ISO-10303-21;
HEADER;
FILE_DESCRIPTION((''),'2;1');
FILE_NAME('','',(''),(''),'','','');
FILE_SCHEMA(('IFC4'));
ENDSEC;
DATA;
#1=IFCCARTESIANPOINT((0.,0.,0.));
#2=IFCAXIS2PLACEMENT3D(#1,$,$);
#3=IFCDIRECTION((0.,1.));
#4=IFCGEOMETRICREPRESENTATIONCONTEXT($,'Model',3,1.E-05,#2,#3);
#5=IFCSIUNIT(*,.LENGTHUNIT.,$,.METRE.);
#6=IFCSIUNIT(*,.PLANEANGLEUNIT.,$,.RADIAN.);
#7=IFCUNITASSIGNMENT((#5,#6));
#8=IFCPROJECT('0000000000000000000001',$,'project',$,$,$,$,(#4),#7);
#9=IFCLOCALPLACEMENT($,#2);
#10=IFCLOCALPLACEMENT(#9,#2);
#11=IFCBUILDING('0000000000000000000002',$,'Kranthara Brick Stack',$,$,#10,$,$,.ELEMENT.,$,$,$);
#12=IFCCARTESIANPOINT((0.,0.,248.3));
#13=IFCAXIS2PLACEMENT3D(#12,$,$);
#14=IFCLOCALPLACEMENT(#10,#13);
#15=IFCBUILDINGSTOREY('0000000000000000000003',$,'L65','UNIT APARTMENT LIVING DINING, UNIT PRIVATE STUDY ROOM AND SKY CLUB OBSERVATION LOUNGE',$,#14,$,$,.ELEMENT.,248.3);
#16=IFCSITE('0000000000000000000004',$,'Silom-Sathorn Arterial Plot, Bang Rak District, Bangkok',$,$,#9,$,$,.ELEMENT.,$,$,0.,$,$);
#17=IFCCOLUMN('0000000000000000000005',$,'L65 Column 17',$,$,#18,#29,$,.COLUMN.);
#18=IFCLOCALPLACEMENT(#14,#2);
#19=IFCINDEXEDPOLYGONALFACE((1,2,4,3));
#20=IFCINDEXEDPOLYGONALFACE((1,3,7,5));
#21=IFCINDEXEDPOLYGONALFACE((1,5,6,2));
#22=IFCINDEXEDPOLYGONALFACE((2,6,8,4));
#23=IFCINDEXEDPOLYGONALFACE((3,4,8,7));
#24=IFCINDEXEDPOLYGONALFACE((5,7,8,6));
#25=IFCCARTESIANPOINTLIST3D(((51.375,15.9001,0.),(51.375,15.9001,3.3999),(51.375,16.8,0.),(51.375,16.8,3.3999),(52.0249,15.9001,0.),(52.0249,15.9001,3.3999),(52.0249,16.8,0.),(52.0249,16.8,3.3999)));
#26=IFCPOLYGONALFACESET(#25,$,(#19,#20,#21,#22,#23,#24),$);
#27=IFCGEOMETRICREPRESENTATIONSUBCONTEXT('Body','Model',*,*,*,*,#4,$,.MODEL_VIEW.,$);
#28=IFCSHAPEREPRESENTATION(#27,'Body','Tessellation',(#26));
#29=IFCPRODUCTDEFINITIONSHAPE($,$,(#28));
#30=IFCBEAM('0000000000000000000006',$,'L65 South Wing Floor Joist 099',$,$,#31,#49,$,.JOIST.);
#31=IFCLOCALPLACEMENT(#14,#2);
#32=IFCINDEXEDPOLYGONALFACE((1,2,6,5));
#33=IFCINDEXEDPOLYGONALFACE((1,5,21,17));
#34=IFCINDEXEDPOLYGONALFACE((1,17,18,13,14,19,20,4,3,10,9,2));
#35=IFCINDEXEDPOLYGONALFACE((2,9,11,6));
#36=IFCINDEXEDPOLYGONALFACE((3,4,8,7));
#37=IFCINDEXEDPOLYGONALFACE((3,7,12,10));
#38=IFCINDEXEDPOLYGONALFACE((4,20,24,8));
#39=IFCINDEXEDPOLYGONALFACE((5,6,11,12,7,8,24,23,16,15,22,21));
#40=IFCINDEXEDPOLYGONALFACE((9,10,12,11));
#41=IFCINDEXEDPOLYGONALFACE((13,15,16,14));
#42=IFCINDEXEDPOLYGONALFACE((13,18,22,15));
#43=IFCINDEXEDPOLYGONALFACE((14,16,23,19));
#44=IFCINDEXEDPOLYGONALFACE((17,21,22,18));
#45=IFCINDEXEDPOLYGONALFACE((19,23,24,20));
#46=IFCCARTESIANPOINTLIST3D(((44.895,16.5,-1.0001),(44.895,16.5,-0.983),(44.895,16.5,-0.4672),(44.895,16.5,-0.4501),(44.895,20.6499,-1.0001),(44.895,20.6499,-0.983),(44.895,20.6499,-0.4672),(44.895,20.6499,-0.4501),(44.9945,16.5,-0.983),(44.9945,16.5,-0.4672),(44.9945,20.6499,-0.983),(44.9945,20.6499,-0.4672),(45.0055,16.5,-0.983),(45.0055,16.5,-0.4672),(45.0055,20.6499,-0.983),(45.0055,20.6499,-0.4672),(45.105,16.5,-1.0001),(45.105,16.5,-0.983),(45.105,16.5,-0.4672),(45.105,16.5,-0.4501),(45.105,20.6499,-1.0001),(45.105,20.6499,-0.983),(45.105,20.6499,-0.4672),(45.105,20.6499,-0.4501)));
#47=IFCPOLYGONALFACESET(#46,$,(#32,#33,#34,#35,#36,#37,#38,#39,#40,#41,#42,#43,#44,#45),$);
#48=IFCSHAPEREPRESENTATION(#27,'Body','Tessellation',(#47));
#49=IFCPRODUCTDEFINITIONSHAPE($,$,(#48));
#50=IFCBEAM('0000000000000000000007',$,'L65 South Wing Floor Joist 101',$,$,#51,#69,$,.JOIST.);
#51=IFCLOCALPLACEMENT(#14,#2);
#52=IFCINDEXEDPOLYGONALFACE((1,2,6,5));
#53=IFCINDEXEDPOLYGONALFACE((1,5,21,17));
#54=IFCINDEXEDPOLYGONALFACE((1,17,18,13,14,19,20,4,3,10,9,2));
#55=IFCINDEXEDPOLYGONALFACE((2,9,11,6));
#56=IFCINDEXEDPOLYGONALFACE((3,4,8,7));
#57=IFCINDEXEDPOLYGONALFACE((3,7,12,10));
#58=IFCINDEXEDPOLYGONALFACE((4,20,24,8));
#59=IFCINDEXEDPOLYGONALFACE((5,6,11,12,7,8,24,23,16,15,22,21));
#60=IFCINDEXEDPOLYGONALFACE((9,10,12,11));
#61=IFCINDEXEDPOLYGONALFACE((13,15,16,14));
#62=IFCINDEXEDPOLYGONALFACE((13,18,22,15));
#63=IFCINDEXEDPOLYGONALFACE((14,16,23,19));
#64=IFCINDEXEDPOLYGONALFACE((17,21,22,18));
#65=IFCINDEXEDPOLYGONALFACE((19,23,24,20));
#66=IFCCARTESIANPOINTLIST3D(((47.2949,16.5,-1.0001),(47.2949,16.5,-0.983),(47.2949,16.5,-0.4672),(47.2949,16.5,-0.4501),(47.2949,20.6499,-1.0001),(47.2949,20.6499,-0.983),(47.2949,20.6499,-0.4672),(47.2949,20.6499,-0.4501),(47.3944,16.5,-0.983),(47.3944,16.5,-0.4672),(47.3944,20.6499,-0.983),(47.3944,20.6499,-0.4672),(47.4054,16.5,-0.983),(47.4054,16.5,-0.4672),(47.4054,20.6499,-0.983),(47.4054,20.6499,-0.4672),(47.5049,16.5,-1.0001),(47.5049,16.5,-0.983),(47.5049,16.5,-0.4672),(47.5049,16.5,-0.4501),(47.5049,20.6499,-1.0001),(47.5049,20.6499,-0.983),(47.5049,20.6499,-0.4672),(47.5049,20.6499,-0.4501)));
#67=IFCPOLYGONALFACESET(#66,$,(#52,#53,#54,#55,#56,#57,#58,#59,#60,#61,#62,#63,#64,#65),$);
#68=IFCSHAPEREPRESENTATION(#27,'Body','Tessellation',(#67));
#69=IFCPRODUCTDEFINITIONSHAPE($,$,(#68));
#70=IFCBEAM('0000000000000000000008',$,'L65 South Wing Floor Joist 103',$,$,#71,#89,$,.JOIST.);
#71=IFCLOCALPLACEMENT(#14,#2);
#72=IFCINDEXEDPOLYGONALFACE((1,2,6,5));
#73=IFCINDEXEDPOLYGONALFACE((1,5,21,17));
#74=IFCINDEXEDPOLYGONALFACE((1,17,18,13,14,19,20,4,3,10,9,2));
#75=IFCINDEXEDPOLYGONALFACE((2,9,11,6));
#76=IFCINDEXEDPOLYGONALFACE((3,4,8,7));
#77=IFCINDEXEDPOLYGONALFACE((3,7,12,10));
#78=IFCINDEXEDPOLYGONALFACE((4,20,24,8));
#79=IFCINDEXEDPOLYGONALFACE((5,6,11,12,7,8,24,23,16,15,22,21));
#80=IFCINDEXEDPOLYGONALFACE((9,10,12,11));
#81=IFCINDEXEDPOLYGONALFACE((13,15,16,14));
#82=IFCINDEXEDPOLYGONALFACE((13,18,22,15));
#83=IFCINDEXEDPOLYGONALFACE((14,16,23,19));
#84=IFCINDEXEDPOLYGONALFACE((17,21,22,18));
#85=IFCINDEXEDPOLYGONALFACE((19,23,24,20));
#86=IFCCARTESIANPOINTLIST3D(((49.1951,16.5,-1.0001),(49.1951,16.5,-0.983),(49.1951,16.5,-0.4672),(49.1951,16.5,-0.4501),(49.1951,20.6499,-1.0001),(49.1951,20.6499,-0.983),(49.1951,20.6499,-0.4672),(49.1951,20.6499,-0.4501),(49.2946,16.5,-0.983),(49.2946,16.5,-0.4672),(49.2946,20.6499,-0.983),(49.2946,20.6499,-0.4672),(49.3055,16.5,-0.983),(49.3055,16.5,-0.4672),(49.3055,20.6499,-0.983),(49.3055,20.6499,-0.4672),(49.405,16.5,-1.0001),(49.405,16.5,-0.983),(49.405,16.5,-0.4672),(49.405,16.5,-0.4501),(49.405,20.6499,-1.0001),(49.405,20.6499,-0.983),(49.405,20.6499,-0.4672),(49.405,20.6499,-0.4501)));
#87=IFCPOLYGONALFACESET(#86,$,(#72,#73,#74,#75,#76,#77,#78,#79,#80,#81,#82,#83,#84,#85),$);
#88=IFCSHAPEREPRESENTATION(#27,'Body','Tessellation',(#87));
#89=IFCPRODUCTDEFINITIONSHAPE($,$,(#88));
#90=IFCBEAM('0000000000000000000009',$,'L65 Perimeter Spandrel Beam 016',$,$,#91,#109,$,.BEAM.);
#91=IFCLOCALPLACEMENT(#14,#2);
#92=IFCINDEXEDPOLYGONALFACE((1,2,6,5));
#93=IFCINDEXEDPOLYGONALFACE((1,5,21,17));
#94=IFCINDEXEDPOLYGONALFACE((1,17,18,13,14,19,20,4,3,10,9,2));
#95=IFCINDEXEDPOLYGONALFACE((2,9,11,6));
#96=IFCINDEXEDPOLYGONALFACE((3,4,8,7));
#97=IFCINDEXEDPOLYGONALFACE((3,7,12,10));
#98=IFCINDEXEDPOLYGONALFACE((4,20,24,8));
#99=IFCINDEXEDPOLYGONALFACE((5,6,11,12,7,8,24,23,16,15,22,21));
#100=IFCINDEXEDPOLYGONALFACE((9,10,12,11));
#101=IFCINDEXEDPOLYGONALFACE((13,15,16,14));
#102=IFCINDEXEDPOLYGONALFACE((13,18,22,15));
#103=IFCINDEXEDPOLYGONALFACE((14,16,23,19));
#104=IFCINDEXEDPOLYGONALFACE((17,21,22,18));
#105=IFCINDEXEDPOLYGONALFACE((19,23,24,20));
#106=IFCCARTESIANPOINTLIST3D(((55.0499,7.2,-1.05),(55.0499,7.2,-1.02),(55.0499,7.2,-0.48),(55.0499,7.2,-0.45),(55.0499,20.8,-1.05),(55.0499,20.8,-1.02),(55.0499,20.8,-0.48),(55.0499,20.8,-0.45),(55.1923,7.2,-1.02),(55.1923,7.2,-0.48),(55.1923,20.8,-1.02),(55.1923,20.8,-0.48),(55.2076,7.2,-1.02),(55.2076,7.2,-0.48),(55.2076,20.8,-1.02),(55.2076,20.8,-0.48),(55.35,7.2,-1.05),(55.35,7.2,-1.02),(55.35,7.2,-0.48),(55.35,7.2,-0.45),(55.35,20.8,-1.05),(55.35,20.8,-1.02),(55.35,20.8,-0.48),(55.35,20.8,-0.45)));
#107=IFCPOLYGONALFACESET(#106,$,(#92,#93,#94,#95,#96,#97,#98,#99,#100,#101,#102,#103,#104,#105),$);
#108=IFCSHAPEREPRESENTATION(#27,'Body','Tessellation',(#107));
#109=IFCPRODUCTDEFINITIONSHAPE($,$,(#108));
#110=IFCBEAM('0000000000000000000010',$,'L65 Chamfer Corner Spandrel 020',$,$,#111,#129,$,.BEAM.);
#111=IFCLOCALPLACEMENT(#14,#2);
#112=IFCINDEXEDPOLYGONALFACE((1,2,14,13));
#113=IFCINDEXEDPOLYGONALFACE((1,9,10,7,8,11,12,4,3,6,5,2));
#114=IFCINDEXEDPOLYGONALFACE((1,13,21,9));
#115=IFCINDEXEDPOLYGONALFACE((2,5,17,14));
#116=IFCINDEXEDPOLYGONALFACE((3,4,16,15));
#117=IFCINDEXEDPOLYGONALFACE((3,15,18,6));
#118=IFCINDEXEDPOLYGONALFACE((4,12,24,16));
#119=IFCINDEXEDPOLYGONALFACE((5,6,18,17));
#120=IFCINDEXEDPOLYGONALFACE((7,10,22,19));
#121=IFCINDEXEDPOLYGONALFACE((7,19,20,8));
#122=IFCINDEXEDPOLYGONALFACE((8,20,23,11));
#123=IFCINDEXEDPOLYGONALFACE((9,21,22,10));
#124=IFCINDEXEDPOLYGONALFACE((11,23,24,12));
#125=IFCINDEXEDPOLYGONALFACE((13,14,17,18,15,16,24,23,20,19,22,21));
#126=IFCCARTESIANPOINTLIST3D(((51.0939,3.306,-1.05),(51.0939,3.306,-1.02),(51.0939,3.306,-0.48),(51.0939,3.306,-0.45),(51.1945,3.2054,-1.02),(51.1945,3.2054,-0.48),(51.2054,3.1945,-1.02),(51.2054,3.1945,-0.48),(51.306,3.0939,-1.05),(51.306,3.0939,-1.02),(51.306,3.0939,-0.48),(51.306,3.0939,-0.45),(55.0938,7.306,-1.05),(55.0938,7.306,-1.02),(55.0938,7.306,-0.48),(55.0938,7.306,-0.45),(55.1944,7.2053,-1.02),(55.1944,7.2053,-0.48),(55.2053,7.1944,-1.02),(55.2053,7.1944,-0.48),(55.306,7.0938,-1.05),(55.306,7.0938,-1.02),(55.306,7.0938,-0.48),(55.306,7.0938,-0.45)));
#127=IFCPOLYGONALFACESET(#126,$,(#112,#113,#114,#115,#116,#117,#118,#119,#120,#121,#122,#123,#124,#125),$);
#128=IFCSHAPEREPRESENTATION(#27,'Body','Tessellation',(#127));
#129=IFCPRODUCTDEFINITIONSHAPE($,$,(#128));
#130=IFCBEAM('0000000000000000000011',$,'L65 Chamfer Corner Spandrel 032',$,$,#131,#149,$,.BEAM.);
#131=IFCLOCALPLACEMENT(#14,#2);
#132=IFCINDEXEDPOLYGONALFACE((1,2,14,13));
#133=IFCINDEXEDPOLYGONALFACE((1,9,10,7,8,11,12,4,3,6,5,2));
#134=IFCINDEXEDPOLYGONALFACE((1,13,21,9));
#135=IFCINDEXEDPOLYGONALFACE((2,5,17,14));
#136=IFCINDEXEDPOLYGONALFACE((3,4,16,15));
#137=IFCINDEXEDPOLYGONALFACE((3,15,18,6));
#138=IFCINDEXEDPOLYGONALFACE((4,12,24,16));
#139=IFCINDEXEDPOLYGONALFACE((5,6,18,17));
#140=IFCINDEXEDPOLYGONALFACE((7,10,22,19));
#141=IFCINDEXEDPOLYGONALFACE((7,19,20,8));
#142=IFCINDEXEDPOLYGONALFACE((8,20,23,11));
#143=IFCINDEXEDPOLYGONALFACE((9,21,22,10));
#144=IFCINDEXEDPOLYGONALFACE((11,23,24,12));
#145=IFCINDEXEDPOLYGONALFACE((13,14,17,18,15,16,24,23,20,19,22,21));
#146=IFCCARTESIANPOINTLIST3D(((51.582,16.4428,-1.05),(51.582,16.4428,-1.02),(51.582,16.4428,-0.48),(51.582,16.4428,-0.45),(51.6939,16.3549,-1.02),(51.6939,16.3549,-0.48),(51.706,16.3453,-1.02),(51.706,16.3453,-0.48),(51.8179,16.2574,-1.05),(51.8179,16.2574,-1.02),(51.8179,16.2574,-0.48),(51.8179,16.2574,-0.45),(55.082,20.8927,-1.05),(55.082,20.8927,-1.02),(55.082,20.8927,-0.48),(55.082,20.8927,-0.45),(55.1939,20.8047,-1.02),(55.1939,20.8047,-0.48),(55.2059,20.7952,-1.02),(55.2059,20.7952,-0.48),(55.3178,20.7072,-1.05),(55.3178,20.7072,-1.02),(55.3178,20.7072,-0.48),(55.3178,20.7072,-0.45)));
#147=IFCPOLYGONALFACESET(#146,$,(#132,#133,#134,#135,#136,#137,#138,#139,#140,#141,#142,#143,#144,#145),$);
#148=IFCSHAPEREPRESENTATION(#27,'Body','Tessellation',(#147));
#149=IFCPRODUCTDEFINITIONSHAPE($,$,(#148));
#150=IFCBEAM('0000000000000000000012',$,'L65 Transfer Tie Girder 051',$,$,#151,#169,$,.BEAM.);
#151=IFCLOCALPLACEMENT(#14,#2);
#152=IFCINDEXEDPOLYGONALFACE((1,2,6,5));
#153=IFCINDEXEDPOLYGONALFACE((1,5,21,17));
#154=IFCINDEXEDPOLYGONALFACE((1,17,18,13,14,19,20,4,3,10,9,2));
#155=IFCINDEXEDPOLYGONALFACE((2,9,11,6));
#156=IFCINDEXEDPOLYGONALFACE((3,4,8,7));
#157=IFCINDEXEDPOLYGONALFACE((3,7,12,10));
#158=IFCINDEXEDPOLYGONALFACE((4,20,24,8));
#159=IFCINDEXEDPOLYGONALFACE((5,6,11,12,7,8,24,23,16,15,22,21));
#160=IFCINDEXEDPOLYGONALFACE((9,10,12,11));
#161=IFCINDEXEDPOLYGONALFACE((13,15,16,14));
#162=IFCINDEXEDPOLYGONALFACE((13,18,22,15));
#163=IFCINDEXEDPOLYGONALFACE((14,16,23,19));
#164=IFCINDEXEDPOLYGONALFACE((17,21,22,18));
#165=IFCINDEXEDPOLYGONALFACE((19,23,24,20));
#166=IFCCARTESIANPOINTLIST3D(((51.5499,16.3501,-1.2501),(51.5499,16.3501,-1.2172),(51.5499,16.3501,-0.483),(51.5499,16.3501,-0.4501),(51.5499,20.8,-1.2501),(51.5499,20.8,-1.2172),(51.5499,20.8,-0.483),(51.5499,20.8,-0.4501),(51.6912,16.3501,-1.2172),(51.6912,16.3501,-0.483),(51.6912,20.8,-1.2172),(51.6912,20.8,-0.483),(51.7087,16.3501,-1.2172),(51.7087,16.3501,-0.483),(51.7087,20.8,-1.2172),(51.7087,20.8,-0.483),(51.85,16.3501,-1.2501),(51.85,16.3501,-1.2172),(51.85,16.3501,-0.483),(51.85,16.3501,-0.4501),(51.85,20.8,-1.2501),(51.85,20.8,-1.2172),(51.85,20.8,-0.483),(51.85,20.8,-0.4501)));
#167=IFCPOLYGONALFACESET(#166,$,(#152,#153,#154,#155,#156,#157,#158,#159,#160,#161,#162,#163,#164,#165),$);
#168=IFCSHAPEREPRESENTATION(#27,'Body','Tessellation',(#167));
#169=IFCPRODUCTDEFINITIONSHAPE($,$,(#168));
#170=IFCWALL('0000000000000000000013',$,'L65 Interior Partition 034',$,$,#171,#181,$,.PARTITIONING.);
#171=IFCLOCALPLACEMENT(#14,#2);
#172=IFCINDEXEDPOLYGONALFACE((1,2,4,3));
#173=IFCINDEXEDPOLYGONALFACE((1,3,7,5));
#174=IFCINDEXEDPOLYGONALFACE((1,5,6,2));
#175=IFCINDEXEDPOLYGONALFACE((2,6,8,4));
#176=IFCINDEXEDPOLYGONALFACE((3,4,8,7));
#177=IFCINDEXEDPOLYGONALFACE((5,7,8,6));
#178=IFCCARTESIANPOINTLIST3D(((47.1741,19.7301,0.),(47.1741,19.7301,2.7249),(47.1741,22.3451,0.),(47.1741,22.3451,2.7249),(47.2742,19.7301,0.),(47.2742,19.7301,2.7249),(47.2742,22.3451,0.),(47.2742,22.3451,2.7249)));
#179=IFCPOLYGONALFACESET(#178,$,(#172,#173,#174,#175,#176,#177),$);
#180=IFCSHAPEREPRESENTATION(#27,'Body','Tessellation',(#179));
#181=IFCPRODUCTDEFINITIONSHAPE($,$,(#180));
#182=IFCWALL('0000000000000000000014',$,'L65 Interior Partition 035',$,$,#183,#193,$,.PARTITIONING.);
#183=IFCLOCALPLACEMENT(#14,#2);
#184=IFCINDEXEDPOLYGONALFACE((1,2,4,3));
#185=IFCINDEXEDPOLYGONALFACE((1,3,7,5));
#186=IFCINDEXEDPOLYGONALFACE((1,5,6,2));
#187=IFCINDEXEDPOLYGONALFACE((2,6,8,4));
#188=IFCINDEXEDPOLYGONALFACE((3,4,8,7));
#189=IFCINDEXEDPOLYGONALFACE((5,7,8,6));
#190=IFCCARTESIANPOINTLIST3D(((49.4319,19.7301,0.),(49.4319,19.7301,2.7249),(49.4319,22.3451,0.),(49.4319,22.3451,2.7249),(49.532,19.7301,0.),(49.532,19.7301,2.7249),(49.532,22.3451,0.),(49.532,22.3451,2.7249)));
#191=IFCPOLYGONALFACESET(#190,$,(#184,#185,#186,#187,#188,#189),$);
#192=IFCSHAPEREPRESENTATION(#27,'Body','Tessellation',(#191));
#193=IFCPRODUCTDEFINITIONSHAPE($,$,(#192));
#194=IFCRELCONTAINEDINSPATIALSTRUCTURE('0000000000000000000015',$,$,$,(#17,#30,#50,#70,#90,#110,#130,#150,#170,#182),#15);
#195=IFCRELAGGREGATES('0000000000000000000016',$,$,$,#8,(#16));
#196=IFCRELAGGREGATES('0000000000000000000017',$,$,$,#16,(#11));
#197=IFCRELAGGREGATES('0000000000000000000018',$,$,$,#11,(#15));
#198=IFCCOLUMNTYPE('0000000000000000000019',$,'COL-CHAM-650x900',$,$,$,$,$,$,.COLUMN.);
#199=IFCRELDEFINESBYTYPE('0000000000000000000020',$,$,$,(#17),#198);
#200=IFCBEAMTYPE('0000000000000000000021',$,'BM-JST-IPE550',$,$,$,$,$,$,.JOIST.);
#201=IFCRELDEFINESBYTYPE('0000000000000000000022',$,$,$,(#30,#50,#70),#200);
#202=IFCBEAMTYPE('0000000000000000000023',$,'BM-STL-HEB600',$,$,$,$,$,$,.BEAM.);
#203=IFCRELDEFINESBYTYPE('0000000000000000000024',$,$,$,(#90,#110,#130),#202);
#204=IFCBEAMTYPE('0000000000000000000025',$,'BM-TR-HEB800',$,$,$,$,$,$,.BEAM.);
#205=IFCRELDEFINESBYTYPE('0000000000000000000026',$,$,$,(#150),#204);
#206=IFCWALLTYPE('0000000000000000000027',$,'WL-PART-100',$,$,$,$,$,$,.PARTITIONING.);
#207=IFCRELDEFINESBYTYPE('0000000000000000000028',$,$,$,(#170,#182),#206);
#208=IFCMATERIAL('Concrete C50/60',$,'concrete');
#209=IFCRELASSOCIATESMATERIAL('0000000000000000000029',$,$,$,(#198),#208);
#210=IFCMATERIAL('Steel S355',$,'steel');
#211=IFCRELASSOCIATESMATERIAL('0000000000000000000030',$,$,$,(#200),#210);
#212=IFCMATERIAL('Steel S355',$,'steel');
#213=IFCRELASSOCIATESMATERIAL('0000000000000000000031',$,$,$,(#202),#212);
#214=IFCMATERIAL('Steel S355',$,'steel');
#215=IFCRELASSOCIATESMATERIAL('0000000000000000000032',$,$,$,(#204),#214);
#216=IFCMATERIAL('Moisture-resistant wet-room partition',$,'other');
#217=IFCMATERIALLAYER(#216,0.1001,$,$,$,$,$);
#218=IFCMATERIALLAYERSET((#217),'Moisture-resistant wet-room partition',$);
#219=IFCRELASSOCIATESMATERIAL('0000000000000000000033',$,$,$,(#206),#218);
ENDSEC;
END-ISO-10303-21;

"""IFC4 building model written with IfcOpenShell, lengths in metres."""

from ifc_helpers import new_model, si_unit, direction, frame, frame_2d, origin, origin_2d, place, context, subcontext, project, spatial, rectangle, i_section, extrude, material, layer, layer_set, material_profile, profile_set, type_object, element, save


model = new_model("IFC4")

# Units and contexts
model_context = context("Model", 3, precision=1e-05, world=origin(), true_north=direction((0.0, 1.0)))
body_context = subcontext(model_context, "Body", "Model", "MODEL_VIEW")
ifc_project = project(units=[si_unit("LENGTHUNIT", "METRE"), si_unit("PLANEANGLEUNIT", "RADIAN")], contexts=[model_context])

# Site, building, storey
site_placement = place(None, origin())
site = spatial("IfcSite", under=ifc_project, at=site_placement, Name="Silom-Sathorn Arterial Plot, Bang Rak District, Bangkok", CompositionType="ELEMENT", RefElevation=0.0)
building_placement = place(site_placement, origin())
building = spatial("IfcBuilding", under=site, at=building_placement, Name="Kranthara Brick Stack", CompositionType="ELEMENT")
storey_placement = place(building_placement, frame((0.0, 0.0, 248.3)))
storey = spatial("IfcBuildingStorey", under=building, at=storey_placement, Name="L65", Description="UNIT APARTMENT LIVING DINING, UNIT PRIVATE STUDY ROOM AND SKY CLUB OBSERVATION LOUNGE", CompositionType="ELEMENT", Elevation=248.3)

# Column
ifc_material_1 = material(Name="Concrete C50/60", Category="concrete")
ifc_material_profile_1 = material_profile(ifc_material_1, rectangle(XDim=0.6499, YDim=0.8999, at=origin_2d()), Name="RC 650x900")
ifc_profile_set_1 = profile_set([ifc_material_profile_1], Name="Concrete C50/60")
column_type = type_object("IfcColumnType", Name="COL-CHAM-650x900", PredefinedType="COLUMN", material=ifc_profile_set_1)
column_placement = place(storey_placement, frame((51.7, 16.3501, 0.0), z_axis=(0.0, 0.0, 1.0), x_axis=(1.0, 0.0, 0.0)))
element("IfcColumn", 1, at=column_placement, inside=storey, type_object=column_type, Name="L65 Column 17", PredefinedType="COLUMN", context=body_context, shape_type="SweptSolid", body=[
    extrude(rectangle(XDim=0.6499, YDim=0.8999, at=origin_2d()), origin(), (0.0, 0.0, 1.0), 3.3999),
])

# Beams
ifc_material_2 = material(Name="Steel S355", Category="steel")
ifc_material_profile_2 = material_profile(ifc_material_2, i_section(OverallWidth=0.21, OverallDepth=0.55, WebThickness=0.011, FlangeThickness=0.0171, at=origin_2d()), Name="IPE 550")
ifc_profile_set_2 = profile_set([ifc_material_profile_2], Name="Steel S355")
beam_type_1 = type_object("IfcBeamType", Name="BM-JST-IPE550", PredefinedType="JOIST", material=ifc_profile_set_2)
for number, where, z_axis, x_axis, name in (
    (2, (45.0, 16.5, -0.7251), (0.0, 1.0, 0.0), (-1.0, 0.0, 0.0), "L65 South Wing Floor Joist 099"),
    (3, (47.3999, 16.5, -0.7251), (0.0, 1.0, 0.0), (-1.0, 0.0, 0.0), "L65 South Wing Floor Joist 101"),
    (4, (49.3, 16.5, -0.7251), (0.0, 1.0, 0.0), (-1.0, 0.0, 0.0), "L65 South Wing Floor Joist 103"),
):
    element("IfcBeam", number, at=place(storey_placement, frame(where, z_axis=z_axis, x_axis=x_axis)), inside=storey, type_object=beam_type_1, Name=name, PredefinedType="JOIST", context=body_context, shape_type="SweptSolid", body=[
        extrude(i_section(OverallWidth=0.21, OverallDepth=0.55, WebThickness=0.011, FlangeThickness=0.0171, at=origin_2d()), origin(), (0.0, 0.0, 1.0), 4.1499),
    ])
ifc_material_3 = material(Name="Steel S355", Category="steel")
ifc_material_profile_3 = material_profile(ifc_material_3, i_section(OverallWidth=0.3, OverallDepth=0.6001, WebThickness=0.0154, FlangeThickness=0.03, at=origin_2d()), Name="HEB 600")
ifc_profile_set_3 = profile_set([ifc_material_profile_3], Name="Steel S355")
beam_type_2 = type_object("IfcBeamType", Name="BM-STL-HEB600", PredefinedType="BEAM", material=ifc_profile_set_3)
beam_1_placement = place(storey_placement, frame((55.2, 7.2, -0.75), z_axis=(0.0, 1.0, 0.0), x_axis=(-1.0, 0.0, 0.0)))
element("IfcBeam", 5, at=beam_1_placement, inside=storey, type_object=beam_type_2, Name="L65 Perimeter Spandrel Beam 016", PredefinedType="BEAM", context=body_context, shape_type="SweptSolid", body=[
    extrude(i_section(OverallWidth=0.3, OverallDepth=0.6001, WebThickness=0.0154, FlangeThickness=0.03, at=origin_2d()), origin(), (0.0, 0.0, 1.0), 13.6001),
])
beam_2_placement = place(storey_placement, frame((51.2, 3.2, -0.75), z_axis=(0.707107, 0.707107, 0.0), x_axis=(-0.707107, 0.707107, 0.0)))
element("IfcBeam", 6, at=beam_2_placement, inside=storey, type_object=beam_type_2, Name="L65 Chamfer Corner Spandrel 020", PredefinedType="BEAM", context=body_context, shape_type="SweptSolid", body=[
    extrude(i_section(OverallWidth=0.3, OverallDepth=0.6001, WebThickness=0.0154, FlangeThickness=0.03, at=origin_2d()), origin(), (0.0, 0.0, 1.0), 5.6567),
])
beam_3_placement = place(storey_placement, frame((51.7, 16.3501, -0.75), z_axis=(0.618216, 0.786008, 0.0), x_axis=(-0.786008, 0.618216, 0.0)))
element("IfcBeam", 7, at=beam_3_placement, inside=storey, type_object=beam_type_2, Name="L65 Chamfer Corner Spandrel 032", PredefinedType="BEAM", context=body_context, shape_type="SweptSolid", body=[
    extrude(i_section(OverallWidth=0.3, OverallDepth=0.6001, WebThickness=0.0154, FlangeThickness=0.03, at=origin_2d()), origin(), (0.0, 0.0, 1.0), 5.6614),
])
ifc_material_4 = material(Name="Steel S355", Category="steel")
ifc_material_profile_4 = material_profile(ifc_material_4, i_section(OverallWidth=0.3, OverallDepth=0.8, WebThickness=0.0176, FlangeThickness=0.033, at=origin_2d()), Name="HEB 800")
ifc_profile_set_4 = profile_set([ifc_material_profile_4], Name="Steel S355")
beam_type_3 = type_object("IfcBeamType", Name="BM-TR-HEB800", PredefinedType="BEAM", material=ifc_profile_set_4)
beam_4_placement = place(storey_placement, frame((51.7, 16.3501, -0.8501), z_axis=(0.0, 1.0, 0.0), x_axis=(-1.0, 0.0, 0.0)))
element("IfcBeam", 8, at=beam_4_placement, inside=storey, type_object=beam_type_3, Name="L65 Transfer Tie Girder 051", PredefinedType="BEAM", context=body_context, shape_type="SweptSolid", body=[
    extrude(i_section(OverallWidth=0.3, OverallDepth=0.8, WebThickness=0.0176, FlangeThickness=0.033, at=origin_2d()), origin(), (0.0, 0.0, 1.0), 4.45),
])

# Walls
ifc_material_5 = material(Name="Moisture-resistant wet-room partition", Category="other")
ifc_layer_1 = layer(ifc_material_5, 0.1001)
ifc_layer_set_1 = layer_set([ifc_layer_1], Name="Moisture-resistant wet-room partition")
wall_type_1 = type_object("IfcWallType", Name="WL-PART-100", PredefinedType="PARTITIONING", material=ifc_layer_set_1)
for number, where, z_axis, x_axis, name in (
    (9, (47.2241, 19.73, 0.0), (0.0, 0.0, 1.0), (0.0, 1.0, 0.0), "L65 Interior Partition 034"),
    (10, (49.4819, 19.73, 0.0), (0.0, 0.0, 1.0), (0.0, 1.0, 0.0), "L65 Interior Partition 035"),
):
    element("IfcWall", number, at=place(storey_placement, frame(where, z_axis=z_axis, x_axis=x_axis)), inside=storey, type_object=wall_type_1, Name=name, PredefinedType="PARTITIONING", context=body_context, shape_type="SweptSolid", body=[
        extrude(rectangle(XDim=2.615, YDim=0.1001, at=frame_2d((1.3076, 0.0))), origin(), (0.0, 0.0, 1.0), 2.7249),
    ])

save(model, "model.ifc")
